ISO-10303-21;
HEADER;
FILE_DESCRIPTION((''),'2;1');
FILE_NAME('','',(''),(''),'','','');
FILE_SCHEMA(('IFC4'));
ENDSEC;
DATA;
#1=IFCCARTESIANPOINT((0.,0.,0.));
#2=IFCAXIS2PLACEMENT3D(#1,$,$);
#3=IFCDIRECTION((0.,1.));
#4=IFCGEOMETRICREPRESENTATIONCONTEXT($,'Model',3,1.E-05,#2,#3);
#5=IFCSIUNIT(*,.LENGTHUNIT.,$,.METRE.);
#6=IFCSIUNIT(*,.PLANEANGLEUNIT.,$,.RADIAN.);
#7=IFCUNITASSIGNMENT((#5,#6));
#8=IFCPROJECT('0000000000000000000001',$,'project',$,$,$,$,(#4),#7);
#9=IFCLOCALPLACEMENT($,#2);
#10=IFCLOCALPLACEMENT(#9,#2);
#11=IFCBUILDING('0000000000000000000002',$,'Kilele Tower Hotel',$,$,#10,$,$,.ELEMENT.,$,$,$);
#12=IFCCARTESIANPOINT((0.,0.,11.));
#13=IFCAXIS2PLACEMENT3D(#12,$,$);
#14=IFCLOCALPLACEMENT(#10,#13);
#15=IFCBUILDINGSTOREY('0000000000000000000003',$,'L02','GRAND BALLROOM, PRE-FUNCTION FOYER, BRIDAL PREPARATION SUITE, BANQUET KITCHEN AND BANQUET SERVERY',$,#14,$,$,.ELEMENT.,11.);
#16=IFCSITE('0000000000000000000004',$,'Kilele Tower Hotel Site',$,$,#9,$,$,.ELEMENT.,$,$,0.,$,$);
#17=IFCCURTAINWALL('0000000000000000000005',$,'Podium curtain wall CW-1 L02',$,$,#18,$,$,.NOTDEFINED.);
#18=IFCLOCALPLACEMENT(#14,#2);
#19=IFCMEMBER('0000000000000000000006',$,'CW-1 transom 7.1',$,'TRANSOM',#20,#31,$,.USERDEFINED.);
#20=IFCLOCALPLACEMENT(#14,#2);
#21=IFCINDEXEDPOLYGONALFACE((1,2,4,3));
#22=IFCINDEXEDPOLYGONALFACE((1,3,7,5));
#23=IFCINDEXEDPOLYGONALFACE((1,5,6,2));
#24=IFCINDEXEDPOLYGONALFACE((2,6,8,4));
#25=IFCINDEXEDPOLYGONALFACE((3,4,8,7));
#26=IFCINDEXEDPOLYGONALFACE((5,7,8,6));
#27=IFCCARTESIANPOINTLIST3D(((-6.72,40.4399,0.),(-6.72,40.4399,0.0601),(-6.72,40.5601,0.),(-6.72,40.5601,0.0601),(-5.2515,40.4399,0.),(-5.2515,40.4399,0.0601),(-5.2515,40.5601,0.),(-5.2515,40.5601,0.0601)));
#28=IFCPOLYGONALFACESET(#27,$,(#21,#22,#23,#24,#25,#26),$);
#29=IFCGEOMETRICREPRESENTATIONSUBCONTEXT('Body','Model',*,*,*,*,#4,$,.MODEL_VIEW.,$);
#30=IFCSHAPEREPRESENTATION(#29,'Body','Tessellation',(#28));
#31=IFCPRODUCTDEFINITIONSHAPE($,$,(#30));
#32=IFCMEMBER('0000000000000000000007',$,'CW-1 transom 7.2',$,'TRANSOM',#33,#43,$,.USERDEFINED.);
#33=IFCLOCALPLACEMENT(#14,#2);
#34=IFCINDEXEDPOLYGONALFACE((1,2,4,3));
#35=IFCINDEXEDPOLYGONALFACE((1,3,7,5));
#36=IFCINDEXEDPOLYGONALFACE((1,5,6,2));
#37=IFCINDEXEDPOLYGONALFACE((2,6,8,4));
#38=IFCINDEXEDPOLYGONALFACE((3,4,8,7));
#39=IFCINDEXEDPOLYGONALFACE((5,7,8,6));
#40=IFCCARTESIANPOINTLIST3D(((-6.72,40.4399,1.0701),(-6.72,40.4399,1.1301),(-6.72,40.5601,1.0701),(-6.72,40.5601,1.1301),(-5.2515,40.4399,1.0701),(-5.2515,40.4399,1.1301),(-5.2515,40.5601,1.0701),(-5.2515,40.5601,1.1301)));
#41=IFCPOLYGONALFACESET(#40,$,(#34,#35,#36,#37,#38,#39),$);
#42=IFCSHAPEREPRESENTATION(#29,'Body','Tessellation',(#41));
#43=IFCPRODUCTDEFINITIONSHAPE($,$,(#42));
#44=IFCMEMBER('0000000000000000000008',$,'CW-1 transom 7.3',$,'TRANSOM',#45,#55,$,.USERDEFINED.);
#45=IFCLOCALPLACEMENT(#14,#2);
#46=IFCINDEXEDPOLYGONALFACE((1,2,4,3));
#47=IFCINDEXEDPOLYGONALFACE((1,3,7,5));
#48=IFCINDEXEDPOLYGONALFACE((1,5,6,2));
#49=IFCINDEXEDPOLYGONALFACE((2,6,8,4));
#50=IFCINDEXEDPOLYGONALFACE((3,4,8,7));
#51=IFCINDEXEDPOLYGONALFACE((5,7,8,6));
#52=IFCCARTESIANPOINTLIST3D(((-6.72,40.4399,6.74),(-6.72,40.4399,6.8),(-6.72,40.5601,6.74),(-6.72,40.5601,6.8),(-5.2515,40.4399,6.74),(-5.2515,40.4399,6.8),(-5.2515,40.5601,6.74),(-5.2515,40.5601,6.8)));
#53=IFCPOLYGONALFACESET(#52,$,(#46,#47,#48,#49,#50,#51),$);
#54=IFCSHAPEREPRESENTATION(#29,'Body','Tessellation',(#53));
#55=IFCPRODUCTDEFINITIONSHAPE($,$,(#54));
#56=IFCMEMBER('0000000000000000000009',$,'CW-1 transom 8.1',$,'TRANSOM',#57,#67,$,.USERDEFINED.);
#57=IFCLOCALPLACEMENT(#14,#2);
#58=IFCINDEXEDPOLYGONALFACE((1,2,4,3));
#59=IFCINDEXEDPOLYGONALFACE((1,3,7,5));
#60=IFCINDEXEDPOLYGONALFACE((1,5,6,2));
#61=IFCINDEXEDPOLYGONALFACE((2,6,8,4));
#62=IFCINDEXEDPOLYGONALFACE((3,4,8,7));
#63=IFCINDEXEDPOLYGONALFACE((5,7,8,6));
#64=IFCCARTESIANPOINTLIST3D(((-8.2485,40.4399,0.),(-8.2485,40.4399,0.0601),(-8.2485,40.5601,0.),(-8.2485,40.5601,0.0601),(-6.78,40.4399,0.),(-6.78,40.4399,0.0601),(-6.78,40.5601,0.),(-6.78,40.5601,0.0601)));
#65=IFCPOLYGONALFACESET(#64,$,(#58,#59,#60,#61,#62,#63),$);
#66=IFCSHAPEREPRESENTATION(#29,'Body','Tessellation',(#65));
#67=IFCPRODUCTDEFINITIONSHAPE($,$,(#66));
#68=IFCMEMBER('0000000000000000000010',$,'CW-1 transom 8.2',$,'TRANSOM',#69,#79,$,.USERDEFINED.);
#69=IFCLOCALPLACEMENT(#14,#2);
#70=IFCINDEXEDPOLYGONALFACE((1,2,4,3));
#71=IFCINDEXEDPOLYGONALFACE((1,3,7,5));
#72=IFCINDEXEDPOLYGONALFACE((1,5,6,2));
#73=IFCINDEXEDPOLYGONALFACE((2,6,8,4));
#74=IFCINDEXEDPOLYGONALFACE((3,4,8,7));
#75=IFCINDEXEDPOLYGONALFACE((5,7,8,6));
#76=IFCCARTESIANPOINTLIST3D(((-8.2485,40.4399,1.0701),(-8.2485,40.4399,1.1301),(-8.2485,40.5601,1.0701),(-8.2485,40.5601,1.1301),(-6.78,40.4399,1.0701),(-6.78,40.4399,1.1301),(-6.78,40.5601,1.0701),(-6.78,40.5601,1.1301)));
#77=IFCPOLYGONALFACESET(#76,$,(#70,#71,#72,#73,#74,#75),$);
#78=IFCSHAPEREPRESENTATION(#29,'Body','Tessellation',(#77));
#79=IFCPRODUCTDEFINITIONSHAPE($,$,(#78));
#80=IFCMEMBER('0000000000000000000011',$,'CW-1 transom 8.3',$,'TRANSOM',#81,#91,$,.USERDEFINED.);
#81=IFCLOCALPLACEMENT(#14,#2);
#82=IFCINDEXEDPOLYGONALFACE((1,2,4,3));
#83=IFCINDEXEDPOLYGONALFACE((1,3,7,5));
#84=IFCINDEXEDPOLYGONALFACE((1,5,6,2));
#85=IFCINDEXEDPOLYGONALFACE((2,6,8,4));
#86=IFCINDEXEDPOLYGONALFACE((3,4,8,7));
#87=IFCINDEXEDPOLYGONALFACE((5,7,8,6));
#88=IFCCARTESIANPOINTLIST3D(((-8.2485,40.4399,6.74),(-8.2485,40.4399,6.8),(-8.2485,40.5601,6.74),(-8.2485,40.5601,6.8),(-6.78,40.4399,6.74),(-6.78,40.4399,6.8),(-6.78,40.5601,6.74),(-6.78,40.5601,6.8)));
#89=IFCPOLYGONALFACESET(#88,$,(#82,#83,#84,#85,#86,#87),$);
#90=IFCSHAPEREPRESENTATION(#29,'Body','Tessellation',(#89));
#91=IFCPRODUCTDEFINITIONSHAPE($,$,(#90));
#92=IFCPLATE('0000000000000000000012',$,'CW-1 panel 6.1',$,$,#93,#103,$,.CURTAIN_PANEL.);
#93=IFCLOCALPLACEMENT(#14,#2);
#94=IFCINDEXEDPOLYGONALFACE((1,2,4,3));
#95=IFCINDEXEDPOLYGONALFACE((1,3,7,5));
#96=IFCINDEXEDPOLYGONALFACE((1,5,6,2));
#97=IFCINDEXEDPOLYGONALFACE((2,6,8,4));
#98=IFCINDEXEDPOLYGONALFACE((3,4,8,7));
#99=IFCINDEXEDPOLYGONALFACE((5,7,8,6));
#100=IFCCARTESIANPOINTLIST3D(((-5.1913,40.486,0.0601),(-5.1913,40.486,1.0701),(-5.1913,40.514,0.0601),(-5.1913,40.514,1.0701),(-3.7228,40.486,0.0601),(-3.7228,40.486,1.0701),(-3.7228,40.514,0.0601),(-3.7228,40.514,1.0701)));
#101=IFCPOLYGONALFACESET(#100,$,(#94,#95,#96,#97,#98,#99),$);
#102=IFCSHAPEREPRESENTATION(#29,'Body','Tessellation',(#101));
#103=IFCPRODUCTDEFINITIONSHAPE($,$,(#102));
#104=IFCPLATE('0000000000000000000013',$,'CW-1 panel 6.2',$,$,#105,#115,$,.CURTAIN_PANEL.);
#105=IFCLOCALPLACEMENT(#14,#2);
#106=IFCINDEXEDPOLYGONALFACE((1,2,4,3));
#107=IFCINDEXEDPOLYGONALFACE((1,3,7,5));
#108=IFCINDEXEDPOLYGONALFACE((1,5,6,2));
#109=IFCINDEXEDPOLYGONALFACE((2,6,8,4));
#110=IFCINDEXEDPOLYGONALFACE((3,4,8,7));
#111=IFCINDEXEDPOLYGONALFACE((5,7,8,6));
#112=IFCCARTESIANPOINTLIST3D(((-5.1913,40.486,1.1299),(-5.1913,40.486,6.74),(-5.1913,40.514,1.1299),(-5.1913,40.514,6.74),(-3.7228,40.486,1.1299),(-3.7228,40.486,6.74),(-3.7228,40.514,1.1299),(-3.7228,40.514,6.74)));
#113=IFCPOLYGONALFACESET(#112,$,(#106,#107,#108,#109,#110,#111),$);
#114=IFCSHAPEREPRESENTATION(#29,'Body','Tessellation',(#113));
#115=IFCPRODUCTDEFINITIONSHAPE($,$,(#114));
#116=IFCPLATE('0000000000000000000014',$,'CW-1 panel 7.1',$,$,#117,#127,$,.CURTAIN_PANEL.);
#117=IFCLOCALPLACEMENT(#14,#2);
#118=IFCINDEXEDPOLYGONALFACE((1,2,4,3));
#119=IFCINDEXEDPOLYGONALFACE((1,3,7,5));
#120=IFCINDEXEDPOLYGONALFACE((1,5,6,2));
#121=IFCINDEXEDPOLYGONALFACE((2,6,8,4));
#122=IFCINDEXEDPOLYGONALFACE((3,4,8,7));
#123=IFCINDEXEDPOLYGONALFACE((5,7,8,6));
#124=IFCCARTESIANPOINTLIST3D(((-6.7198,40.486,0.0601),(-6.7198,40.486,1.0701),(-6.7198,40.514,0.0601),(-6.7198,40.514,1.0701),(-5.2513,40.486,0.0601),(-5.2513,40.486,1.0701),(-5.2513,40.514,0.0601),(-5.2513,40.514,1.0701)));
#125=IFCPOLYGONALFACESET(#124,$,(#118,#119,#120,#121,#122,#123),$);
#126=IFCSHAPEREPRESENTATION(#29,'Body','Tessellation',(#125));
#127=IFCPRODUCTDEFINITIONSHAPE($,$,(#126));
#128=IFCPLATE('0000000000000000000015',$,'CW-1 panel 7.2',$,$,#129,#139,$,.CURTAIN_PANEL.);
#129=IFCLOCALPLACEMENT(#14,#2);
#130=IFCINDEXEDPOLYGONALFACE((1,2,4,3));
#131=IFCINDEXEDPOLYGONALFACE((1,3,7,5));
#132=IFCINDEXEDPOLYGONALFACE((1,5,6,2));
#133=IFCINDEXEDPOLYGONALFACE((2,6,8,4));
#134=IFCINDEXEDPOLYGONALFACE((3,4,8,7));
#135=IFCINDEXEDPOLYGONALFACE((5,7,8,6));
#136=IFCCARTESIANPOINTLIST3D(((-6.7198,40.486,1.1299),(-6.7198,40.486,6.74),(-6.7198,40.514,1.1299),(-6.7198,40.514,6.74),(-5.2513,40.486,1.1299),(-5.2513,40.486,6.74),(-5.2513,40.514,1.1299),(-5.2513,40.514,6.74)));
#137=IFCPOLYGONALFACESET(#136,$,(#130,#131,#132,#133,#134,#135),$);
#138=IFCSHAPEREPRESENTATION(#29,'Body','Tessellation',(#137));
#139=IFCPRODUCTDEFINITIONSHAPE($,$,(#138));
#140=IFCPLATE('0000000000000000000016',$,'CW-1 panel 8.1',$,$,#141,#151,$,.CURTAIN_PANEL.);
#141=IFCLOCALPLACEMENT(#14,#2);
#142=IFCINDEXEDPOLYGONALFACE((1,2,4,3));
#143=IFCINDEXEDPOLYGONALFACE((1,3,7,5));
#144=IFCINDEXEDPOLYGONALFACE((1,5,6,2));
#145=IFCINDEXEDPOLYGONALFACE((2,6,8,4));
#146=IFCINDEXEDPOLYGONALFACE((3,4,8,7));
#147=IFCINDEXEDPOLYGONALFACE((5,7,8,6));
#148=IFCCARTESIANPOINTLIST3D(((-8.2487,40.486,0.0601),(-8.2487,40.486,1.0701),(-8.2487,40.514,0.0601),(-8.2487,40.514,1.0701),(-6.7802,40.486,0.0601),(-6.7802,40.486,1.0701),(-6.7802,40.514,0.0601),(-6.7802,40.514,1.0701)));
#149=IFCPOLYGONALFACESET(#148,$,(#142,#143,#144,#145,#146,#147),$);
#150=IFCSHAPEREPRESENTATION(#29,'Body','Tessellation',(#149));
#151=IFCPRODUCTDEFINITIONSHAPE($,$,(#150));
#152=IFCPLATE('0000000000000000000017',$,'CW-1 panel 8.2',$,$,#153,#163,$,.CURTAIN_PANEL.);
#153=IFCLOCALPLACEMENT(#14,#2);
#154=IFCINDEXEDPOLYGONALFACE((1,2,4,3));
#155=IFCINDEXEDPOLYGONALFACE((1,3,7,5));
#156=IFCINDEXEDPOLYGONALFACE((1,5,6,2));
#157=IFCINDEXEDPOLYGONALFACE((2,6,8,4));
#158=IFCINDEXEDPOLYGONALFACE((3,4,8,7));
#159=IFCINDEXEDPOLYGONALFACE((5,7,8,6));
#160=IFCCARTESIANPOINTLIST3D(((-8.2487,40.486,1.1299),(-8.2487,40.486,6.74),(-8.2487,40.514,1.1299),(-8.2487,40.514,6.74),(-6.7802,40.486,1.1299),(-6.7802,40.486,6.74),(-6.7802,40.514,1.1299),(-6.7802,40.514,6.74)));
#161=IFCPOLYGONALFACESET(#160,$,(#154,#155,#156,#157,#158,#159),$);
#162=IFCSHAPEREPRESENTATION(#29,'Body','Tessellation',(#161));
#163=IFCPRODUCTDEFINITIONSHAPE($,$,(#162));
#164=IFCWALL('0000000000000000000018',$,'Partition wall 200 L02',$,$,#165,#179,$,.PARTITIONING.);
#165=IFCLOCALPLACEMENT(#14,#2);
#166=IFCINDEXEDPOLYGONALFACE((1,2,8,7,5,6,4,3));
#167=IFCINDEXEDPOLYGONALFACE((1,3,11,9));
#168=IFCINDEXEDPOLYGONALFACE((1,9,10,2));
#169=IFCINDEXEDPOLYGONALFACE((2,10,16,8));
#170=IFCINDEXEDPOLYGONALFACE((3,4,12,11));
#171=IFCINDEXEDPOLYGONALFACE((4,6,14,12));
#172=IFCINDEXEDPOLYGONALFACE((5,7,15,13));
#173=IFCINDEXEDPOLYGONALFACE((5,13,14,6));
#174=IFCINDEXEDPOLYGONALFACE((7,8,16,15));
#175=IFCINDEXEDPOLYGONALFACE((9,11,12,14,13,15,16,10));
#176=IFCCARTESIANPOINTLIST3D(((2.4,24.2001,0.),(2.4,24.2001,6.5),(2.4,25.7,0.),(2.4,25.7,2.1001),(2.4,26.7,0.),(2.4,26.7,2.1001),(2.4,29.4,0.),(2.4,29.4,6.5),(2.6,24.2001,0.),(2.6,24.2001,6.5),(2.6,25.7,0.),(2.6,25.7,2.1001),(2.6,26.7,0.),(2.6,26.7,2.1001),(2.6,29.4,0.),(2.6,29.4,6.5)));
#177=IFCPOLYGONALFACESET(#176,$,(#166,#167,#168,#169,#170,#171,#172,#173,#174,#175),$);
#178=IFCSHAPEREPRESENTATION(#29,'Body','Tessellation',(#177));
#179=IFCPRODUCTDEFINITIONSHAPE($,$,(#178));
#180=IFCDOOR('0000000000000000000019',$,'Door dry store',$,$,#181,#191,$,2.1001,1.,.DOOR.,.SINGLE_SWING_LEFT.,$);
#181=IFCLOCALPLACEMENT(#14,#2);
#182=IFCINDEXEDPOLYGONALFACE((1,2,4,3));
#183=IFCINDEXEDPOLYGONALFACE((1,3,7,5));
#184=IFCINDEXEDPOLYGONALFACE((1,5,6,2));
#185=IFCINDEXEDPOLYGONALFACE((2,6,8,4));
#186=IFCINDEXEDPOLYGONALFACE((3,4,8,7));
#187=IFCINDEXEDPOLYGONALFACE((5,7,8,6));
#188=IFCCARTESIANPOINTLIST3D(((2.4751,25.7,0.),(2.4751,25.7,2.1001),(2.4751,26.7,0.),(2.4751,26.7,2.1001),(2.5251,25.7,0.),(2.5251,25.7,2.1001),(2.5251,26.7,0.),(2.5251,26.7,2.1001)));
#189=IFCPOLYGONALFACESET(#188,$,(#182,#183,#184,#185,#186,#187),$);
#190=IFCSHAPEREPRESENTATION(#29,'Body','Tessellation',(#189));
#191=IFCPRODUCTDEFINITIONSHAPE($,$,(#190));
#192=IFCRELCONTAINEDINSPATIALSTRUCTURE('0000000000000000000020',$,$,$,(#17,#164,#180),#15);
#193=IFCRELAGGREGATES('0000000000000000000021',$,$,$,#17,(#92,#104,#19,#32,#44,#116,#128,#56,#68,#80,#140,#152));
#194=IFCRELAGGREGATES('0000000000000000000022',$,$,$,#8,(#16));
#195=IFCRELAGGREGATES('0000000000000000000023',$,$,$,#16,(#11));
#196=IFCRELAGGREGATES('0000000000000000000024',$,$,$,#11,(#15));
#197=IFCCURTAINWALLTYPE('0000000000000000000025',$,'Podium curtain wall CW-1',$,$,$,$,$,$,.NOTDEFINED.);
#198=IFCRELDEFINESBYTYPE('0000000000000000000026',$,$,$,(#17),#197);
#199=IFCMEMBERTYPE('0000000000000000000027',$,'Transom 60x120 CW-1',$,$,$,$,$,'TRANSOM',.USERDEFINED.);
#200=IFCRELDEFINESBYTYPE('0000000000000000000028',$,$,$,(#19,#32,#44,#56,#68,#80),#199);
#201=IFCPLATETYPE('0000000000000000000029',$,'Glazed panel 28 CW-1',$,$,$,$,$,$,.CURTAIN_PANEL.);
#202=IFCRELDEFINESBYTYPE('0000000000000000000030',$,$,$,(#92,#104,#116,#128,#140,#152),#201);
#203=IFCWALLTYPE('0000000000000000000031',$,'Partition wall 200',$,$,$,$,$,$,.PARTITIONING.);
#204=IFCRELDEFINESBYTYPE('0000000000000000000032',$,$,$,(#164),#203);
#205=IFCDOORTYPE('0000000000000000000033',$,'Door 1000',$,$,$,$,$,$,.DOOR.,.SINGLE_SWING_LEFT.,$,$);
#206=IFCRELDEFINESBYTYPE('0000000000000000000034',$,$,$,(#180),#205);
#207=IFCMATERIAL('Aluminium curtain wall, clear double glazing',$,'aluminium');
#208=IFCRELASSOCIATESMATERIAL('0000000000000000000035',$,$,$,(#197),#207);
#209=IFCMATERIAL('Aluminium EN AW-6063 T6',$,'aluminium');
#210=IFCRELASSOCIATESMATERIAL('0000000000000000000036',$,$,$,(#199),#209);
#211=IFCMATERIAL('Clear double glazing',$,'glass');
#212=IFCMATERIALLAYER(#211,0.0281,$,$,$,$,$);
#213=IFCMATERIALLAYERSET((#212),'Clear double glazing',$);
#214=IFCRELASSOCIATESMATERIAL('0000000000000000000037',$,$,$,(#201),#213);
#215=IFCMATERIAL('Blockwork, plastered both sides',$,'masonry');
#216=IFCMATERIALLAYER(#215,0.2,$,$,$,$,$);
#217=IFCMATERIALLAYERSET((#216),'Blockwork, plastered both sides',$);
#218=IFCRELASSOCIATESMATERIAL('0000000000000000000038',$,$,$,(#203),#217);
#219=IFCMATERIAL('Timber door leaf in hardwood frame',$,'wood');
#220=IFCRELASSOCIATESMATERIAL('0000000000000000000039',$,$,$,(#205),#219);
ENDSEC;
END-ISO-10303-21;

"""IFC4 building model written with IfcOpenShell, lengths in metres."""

from ifc_helpers import new_model, si_unit, direction, frame, frame_2d, origin, origin_2d, place, context, subcontext, project, spatial, rectangle, extrude, material, layer, layer_set, material_profile, profile_set, type_object, element, fill, aggregate, save


model = new_model("IFC4")

# Units and contexts
model_context = context("Model", 3, precision=1e-05, world=origin(), true_north=direction((0.0, 1.0)))
body_context = subcontext(model_context, "Body", "Model", "MODEL_VIEW")
ifc_project = project(units=[si_unit("LENGTHUNIT", "METRE"), si_unit("PLANEANGLEUNIT", "RADIAN")], contexts=[model_context])

# Site, building, storey
site_placement = place(None, origin())
site = spatial("IfcSite", under=ifc_project, at=site_placement, Name="Kilele Tower Hotel Site", CompositionType="ELEMENT", RefElevation=0.0)
building_placement = place(site_placement, origin())
building = spatial("IfcBuilding", under=site, at=building_placement, Name="Kilele Tower Hotel", CompositionType="ELEMENT")
storey_placement = place(building_placement, frame((0.0, 0.0, 11.0)))
storey = spatial("IfcBuildingStorey", under=building, at=storey_placement, Name="L02", Description="GRAND BALLROOM, PRE-FUNCTION FOYER, BRIDAL PREPARATION SUITE, BANQUET KITCHEN AND BANQUET SERVERY", CompositionType="ELEMENT", Elevation=11.0)

# Curtain wall
ifc_material_1 = material(Name="Aluminium curtain wall, clear double glazing", Category="aluminium")
curtain_wall_type = type_object("IfcCurtainWallType", Name="Podium curtain wall CW-1", PredefinedType="NOTDEFINED", material=ifc_material_1)
curtain_wall_placement = place(storey_placement, origin())
curtain_wall = element("IfcCurtainWall", 1, at=curtain_wall_placement, inside=storey, type_object=curtain_wall_type, Name="Podium curtain wall CW-1 L02", PredefinedType="NOTDEFINED")

# Members
ifc_material_2 = material(Name="Aluminium EN AW-6063 T6", Category="aluminium")
ifc_material_profile_1 = material_profile(ifc_material_2, rectangle(XDim=0.1201, YDim=0.0601, at=origin_2d()))
ifc_profile_set_1 = profile_set([ifc_material_profile_1], Name="Aluminium EN AW-6063 T6")
member_type_1 = type_object("IfcMemberType", Name="Transom 60x120 CW-1", ElementType="TRANSOM", PredefinedType="USERDEFINED", material=ifc_profile_set_1)
member_1_placement = place(storey_placement, frame((-5.2515, 40.5, 0.03), z_axis=(-1.0, 0.0, 0.0), x_axis=(0.0, -1.0, 0.0)))
member_1 = element("IfcMember", 2, at=member_1_placement, type_object=member_type_1, Name="CW-1 transom 7.1", ObjectType="TRANSOM", PredefinedType="USERDEFINED", context=body_context, shape_type="SweptSolid", body=[
    extrude(rectangle(XDim=0.1201, YDim=0.0601, at=origin_2d()), origin(), (0.0, 0.0, 1.0), 1.4685),
])
member_2_placement = place(storey_placement, frame((-5.2515, 40.5, 1.1001), z_axis=(-1.0, 0.0, 0.0), x_axis=(0.0, -1.0, 0.0)))
member_2 = element("IfcMember", 3, at=member_2_placement, type_object=member_type_1, Name="CW-1 transom 7.2", ObjectType="TRANSOM", PredefinedType="USERDEFINED", context=body_context, shape_type="SweptSolid", body=[
    extrude(rectangle(XDim=0.1201, YDim=0.0601, at=origin_2d()), origin(), (0.0, 0.0, 1.0), 1.4685),
])
member_3_placement = place(storey_placement, frame((-5.2515, 40.5, 6.77), z_axis=(-1.0, 0.0, 0.0), x_axis=(0.0, -1.0, 0.0)))
member_3 = element("IfcMember", 4, at=member_3_placement, type_object=member_type_1, Name="CW-1 transom 7.3", ObjectType="TRANSOM", PredefinedType="USERDEFINED", context=body_context, shape_type="SweptSolid", body=[
    extrude(rectangle(XDim=0.1201, YDim=0.0601, at=origin_2d()), origin(), (0.0, 0.0, 1.0), 1.4685),
])
member_4_placement = place(storey_placement, frame((-6.78, 40.5, 0.03), z_axis=(-1.0, 0.0, 0.0), x_axis=(0.0, -1.0, 0.0)))
member_4 = element("IfcMember", 5, at=member_4_placement, type_object=member_type_1, Name="CW-1 transom 8.1", ObjectType="TRANSOM", PredefinedType="USERDEFINED", context=body_context, shape_type="SweptSolid", body=[
    extrude(rectangle(XDim=0.1201, YDim=0.0601, at=origin_2d()), origin(), (0.0, 0.0, 1.0), 1.4685),
])
member_5_placement = place(storey_placement, frame((-6.78, 40.5, 1.1001), z_axis=(-1.0, 0.0, 0.0), x_axis=(0.0, -1.0, 0.0)))
member_5 = element("IfcMember", 6, at=member_5_placement, type_object=member_type_1, Name="CW-1 transom 8.2", ObjectType="TRANSOM", PredefinedType="USERDEFINED", context=body_context, shape_type="SweptSolid", body=[
    extrude(rectangle(XDim=0.1201, YDim=0.0601, at=origin_2d()), origin(), (0.0, 0.0, 1.0), 1.4685),
])
member_6_placement = place(storey_placement, frame((-6.78, 40.5, 6.77), z_axis=(-1.0, 0.0, 0.0), x_axis=(0.0, -1.0, 0.0)))
member_6 = element("IfcMember", 7, at=member_6_placement, type_object=member_type_1, Name="CW-1 transom 8.3", ObjectType="TRANSOM", PredefinedType="USERDEFINED", context=body_context, shape_type="SweptSolid", body=[
    extrude(rectangle(XDim=0.1201, YDim=0.0601, at=origin_2d()), origin(), (0.0, 0.0, 1.0), 1.4685),
])

# Plates
ifc_material_3 = material(Name="Clear double glazing", Category="glass")
ifc_layer_1 = layer(ifc_material_3, 0.0281)
ifc_layer_set_1 = layer_set([ifc_layer_1], Name="Clear double glazing")
plate_type = type_object("IfcPlateType", Name="Glazed panel 28 CW-1", PredefinedType="CURTAIN_PANEL", material=ifc_layer_set_1)
plate_1_placement = place(storey_placement, frame((-4.457, 40.5, 0.0601), z_axis=(0.0, 0.0, 1.0), x_axis=(-1.0, 0.0, 0.0)))
plate_1 = element("IfcPlate", 8, at=plate_1_placement, type_object=plate_type, Name="CW-1 panel 6.1", PredefinedType="CURTAIN_PANEL", context=body_context, shape_type="SweptSolid", body=[
    extrude(rectangle(XDim=1.4685, YDim=0.0281, at=origin_2d()), origin(), (0.0, 0.0, 1.0), 1.01),
])
plate_2_placement = place(storey_placement, frame((-4.457, 40.5, 1.1299), z_axis=(0.0, 0.0, 1.0), x_axis=(-1.0, 0.0, 0.0)))
plate_2 = element("IfcPlate", 9, at=plate_2_placement, type_object=plate_type, Name="CW-1 panel 6.2", PredefinedType="CURTAIN_PANEL", context=body_context, shape_type="SweptSolid", body=[
    extrude(rectangle(XDim=1.4685, YDim=0.0281, at=origin_2d()), origin(), (0.0, 0.0, 1.0), 5.6101),
])
plate_3_placement = place(storey_placement, frame((-5.9856, 40.5, 0.0601), z_axis=(0.0, 0.0, 1.0), x_axis=(-1.0, 0.0, 0.0)))
plate_3 = element("IfcPlate", 10, at=plate_3_placement, type_object=plate_type, Name="CW-1 panel 7.1", PredefinedType="CURTAIN_PANEL", context=body_context, shape_type="SweptSolid", body=[
    extrude(rectangle(XDim=1.4685, YDim=0.0281, at=origin_2d()), origin(), (0.0, 0.0, 1.0), 1.01),
])
plate_4_placement = place(storey_placement, frame((-5.9856, 40.5, 1.1299), z_axis=(0.0, 0.0, 1.0), x_axis=(-1.0, 0.0, 0.0)))
plate_4 = element("IfcPlate", 11, at=plate_4_placement, type_object=plate_type, Name="CW-1 panel 7.2", PredefinedType="CURTAIN_PANEL", context=body_context, shape_type="SweptSolid", body=[
    extrude(rectangle(XDim=1.4685, YDim=0.0281, at=origin_2d()), origin(), (0.0, 0.0, 1.0), 5.6101),
])
plate_5_placement = place(storey_placement, frame((-7.5144, 40.5, 0.0601), z_axis=(0.0, 0.0, 1.0), x_axis=(-1.0, 0.0, 0.0)))
plate_5 = element("IfcPlate", 12, at=plate_5_placement, type_object=plate_type, Name="CW-1 panel 8.1", PredefinedType="CURTAIN_PANEL", context=body_context, shape_type="SweptSolid", body=[
    extrude(rectangle(XDim=1.4685, YDim=0.0281, at=origin_2d()), origin(), (0.0, 0.0, 1.0), 1.01),
])
plate_6_placement = place(storey_placement, frame((-7.5144, 40.5, 1.1299), z_axis=(0.0, 0.0, 1.0), x_axis=(-1.0, 0.0, 0.0)))
plate_6 = element("IfcPlate", 13, at=plate_6_placement, type_object=plate_type, Name="CW-1 panel 8.2", PredefinedType="CURTAIN_PANEL", context=body_context, shape_type="SweptSolid", body=[
    extrude(rectangle(XDim=1.4685, YDim=0.0281, at=origin_2d()), origin(), (0.0, 0.0, 1.0), 5.6101),
])
aggregate(curtain_wall, [plate_1, plate_2, member_1, member_2, member_3, plate_3, plate_4, member_4, member_5, member_6, plate_5, plate_6])

# Wall, opening, door
ifc_material_4 = material(Name="Blockwork, plastered both sides", Category="masonry")
ifc_layer_2 = layer(ifc_material_4, 0.2)
ifc_layer_set_2 = layer_set([ifc_layer_2], Name="Blockwork, plastered both sides")
wall_type = type_object("IfcWallType", Name="Partition wall 200", PredefinedType="PARTITIONING", material=ifc_layer_set_2)
wall_1_placement = place(storey_placement, frame((2.5, 24.2, 0.0), z_axis=(0.0, 0.0, 1.0), x_axis=(0.0, 1.0, 0.0)))
wall_1 = element("IfcWall", 14, at=wall_1_placement, inside=storey, type_object=wall_type, Name="Partition wall 200 L02", PredefinedType="PARTITIONING", context=body_context, shape_type="SweptSolid", body=[
    extrude(rectangle(XDim=5.2, YDim=0.2, at=frame_2d((2.6001, 0.0))), origin(), (0.0, 0.0, 1.0), 6.5),
])
opening_1_placement = place(wall_1_placement, frame((1.5, 0.0, 0.0)))
opening_1 = element("IfcOpeningElement", 15, at=opening_1_placement, cuts=wall_1, PredefinedType="OPENING", context=body_context, shape_type="SweptSolid", body=[
    extrude(rectangle(XDim=1.0, YDim=2.1001, at=frame_2d((0.5, 1.05))), frame((0.0, 0.1099, 0.0), z_axis=(0.0, -1.0, 0.0), x_axis=(1.0, 0.0, 0.0)), (0.0, 0.0, 1.0), 0.22),
])
ifc_material_5 = material(Name="Timber door leaf in hardwood frame", Category="wood")
door_type_1 = type_object("IfcDoorType", Name="Door 1000", OperationType="SINGLE_SWING_LEFT", PredefinedType="DOOR", material=ifc_material_5)
door_1_placement = place(opening_1_placement, origin())
door_1 = element("IfcDoor", 16, at=door_1_placement, inside=storey, type_object=door_type_1, Name="Door dry store", OperationType="SINGLE_SWING_LEFT", OverallHeight=2.1001, OverallWidth=1.0, PredefinedType="DOOR", context=body_context, shape_type="SweptSolid", body=[
    extrude(rectangle(XDim=1.0, YDim=2.1001, at=frame_2d((0.5, 1.05))), frame((0.0, 0.0249, 0.0), z_axis=(0.0, -1.0, 0.0), x_axis=(1.0, 0.0, 0.0)), (0.0, 0.0, 1.0), 0.05),
])
fill(opening_1, door_1)

save(model, "model.ifc")
